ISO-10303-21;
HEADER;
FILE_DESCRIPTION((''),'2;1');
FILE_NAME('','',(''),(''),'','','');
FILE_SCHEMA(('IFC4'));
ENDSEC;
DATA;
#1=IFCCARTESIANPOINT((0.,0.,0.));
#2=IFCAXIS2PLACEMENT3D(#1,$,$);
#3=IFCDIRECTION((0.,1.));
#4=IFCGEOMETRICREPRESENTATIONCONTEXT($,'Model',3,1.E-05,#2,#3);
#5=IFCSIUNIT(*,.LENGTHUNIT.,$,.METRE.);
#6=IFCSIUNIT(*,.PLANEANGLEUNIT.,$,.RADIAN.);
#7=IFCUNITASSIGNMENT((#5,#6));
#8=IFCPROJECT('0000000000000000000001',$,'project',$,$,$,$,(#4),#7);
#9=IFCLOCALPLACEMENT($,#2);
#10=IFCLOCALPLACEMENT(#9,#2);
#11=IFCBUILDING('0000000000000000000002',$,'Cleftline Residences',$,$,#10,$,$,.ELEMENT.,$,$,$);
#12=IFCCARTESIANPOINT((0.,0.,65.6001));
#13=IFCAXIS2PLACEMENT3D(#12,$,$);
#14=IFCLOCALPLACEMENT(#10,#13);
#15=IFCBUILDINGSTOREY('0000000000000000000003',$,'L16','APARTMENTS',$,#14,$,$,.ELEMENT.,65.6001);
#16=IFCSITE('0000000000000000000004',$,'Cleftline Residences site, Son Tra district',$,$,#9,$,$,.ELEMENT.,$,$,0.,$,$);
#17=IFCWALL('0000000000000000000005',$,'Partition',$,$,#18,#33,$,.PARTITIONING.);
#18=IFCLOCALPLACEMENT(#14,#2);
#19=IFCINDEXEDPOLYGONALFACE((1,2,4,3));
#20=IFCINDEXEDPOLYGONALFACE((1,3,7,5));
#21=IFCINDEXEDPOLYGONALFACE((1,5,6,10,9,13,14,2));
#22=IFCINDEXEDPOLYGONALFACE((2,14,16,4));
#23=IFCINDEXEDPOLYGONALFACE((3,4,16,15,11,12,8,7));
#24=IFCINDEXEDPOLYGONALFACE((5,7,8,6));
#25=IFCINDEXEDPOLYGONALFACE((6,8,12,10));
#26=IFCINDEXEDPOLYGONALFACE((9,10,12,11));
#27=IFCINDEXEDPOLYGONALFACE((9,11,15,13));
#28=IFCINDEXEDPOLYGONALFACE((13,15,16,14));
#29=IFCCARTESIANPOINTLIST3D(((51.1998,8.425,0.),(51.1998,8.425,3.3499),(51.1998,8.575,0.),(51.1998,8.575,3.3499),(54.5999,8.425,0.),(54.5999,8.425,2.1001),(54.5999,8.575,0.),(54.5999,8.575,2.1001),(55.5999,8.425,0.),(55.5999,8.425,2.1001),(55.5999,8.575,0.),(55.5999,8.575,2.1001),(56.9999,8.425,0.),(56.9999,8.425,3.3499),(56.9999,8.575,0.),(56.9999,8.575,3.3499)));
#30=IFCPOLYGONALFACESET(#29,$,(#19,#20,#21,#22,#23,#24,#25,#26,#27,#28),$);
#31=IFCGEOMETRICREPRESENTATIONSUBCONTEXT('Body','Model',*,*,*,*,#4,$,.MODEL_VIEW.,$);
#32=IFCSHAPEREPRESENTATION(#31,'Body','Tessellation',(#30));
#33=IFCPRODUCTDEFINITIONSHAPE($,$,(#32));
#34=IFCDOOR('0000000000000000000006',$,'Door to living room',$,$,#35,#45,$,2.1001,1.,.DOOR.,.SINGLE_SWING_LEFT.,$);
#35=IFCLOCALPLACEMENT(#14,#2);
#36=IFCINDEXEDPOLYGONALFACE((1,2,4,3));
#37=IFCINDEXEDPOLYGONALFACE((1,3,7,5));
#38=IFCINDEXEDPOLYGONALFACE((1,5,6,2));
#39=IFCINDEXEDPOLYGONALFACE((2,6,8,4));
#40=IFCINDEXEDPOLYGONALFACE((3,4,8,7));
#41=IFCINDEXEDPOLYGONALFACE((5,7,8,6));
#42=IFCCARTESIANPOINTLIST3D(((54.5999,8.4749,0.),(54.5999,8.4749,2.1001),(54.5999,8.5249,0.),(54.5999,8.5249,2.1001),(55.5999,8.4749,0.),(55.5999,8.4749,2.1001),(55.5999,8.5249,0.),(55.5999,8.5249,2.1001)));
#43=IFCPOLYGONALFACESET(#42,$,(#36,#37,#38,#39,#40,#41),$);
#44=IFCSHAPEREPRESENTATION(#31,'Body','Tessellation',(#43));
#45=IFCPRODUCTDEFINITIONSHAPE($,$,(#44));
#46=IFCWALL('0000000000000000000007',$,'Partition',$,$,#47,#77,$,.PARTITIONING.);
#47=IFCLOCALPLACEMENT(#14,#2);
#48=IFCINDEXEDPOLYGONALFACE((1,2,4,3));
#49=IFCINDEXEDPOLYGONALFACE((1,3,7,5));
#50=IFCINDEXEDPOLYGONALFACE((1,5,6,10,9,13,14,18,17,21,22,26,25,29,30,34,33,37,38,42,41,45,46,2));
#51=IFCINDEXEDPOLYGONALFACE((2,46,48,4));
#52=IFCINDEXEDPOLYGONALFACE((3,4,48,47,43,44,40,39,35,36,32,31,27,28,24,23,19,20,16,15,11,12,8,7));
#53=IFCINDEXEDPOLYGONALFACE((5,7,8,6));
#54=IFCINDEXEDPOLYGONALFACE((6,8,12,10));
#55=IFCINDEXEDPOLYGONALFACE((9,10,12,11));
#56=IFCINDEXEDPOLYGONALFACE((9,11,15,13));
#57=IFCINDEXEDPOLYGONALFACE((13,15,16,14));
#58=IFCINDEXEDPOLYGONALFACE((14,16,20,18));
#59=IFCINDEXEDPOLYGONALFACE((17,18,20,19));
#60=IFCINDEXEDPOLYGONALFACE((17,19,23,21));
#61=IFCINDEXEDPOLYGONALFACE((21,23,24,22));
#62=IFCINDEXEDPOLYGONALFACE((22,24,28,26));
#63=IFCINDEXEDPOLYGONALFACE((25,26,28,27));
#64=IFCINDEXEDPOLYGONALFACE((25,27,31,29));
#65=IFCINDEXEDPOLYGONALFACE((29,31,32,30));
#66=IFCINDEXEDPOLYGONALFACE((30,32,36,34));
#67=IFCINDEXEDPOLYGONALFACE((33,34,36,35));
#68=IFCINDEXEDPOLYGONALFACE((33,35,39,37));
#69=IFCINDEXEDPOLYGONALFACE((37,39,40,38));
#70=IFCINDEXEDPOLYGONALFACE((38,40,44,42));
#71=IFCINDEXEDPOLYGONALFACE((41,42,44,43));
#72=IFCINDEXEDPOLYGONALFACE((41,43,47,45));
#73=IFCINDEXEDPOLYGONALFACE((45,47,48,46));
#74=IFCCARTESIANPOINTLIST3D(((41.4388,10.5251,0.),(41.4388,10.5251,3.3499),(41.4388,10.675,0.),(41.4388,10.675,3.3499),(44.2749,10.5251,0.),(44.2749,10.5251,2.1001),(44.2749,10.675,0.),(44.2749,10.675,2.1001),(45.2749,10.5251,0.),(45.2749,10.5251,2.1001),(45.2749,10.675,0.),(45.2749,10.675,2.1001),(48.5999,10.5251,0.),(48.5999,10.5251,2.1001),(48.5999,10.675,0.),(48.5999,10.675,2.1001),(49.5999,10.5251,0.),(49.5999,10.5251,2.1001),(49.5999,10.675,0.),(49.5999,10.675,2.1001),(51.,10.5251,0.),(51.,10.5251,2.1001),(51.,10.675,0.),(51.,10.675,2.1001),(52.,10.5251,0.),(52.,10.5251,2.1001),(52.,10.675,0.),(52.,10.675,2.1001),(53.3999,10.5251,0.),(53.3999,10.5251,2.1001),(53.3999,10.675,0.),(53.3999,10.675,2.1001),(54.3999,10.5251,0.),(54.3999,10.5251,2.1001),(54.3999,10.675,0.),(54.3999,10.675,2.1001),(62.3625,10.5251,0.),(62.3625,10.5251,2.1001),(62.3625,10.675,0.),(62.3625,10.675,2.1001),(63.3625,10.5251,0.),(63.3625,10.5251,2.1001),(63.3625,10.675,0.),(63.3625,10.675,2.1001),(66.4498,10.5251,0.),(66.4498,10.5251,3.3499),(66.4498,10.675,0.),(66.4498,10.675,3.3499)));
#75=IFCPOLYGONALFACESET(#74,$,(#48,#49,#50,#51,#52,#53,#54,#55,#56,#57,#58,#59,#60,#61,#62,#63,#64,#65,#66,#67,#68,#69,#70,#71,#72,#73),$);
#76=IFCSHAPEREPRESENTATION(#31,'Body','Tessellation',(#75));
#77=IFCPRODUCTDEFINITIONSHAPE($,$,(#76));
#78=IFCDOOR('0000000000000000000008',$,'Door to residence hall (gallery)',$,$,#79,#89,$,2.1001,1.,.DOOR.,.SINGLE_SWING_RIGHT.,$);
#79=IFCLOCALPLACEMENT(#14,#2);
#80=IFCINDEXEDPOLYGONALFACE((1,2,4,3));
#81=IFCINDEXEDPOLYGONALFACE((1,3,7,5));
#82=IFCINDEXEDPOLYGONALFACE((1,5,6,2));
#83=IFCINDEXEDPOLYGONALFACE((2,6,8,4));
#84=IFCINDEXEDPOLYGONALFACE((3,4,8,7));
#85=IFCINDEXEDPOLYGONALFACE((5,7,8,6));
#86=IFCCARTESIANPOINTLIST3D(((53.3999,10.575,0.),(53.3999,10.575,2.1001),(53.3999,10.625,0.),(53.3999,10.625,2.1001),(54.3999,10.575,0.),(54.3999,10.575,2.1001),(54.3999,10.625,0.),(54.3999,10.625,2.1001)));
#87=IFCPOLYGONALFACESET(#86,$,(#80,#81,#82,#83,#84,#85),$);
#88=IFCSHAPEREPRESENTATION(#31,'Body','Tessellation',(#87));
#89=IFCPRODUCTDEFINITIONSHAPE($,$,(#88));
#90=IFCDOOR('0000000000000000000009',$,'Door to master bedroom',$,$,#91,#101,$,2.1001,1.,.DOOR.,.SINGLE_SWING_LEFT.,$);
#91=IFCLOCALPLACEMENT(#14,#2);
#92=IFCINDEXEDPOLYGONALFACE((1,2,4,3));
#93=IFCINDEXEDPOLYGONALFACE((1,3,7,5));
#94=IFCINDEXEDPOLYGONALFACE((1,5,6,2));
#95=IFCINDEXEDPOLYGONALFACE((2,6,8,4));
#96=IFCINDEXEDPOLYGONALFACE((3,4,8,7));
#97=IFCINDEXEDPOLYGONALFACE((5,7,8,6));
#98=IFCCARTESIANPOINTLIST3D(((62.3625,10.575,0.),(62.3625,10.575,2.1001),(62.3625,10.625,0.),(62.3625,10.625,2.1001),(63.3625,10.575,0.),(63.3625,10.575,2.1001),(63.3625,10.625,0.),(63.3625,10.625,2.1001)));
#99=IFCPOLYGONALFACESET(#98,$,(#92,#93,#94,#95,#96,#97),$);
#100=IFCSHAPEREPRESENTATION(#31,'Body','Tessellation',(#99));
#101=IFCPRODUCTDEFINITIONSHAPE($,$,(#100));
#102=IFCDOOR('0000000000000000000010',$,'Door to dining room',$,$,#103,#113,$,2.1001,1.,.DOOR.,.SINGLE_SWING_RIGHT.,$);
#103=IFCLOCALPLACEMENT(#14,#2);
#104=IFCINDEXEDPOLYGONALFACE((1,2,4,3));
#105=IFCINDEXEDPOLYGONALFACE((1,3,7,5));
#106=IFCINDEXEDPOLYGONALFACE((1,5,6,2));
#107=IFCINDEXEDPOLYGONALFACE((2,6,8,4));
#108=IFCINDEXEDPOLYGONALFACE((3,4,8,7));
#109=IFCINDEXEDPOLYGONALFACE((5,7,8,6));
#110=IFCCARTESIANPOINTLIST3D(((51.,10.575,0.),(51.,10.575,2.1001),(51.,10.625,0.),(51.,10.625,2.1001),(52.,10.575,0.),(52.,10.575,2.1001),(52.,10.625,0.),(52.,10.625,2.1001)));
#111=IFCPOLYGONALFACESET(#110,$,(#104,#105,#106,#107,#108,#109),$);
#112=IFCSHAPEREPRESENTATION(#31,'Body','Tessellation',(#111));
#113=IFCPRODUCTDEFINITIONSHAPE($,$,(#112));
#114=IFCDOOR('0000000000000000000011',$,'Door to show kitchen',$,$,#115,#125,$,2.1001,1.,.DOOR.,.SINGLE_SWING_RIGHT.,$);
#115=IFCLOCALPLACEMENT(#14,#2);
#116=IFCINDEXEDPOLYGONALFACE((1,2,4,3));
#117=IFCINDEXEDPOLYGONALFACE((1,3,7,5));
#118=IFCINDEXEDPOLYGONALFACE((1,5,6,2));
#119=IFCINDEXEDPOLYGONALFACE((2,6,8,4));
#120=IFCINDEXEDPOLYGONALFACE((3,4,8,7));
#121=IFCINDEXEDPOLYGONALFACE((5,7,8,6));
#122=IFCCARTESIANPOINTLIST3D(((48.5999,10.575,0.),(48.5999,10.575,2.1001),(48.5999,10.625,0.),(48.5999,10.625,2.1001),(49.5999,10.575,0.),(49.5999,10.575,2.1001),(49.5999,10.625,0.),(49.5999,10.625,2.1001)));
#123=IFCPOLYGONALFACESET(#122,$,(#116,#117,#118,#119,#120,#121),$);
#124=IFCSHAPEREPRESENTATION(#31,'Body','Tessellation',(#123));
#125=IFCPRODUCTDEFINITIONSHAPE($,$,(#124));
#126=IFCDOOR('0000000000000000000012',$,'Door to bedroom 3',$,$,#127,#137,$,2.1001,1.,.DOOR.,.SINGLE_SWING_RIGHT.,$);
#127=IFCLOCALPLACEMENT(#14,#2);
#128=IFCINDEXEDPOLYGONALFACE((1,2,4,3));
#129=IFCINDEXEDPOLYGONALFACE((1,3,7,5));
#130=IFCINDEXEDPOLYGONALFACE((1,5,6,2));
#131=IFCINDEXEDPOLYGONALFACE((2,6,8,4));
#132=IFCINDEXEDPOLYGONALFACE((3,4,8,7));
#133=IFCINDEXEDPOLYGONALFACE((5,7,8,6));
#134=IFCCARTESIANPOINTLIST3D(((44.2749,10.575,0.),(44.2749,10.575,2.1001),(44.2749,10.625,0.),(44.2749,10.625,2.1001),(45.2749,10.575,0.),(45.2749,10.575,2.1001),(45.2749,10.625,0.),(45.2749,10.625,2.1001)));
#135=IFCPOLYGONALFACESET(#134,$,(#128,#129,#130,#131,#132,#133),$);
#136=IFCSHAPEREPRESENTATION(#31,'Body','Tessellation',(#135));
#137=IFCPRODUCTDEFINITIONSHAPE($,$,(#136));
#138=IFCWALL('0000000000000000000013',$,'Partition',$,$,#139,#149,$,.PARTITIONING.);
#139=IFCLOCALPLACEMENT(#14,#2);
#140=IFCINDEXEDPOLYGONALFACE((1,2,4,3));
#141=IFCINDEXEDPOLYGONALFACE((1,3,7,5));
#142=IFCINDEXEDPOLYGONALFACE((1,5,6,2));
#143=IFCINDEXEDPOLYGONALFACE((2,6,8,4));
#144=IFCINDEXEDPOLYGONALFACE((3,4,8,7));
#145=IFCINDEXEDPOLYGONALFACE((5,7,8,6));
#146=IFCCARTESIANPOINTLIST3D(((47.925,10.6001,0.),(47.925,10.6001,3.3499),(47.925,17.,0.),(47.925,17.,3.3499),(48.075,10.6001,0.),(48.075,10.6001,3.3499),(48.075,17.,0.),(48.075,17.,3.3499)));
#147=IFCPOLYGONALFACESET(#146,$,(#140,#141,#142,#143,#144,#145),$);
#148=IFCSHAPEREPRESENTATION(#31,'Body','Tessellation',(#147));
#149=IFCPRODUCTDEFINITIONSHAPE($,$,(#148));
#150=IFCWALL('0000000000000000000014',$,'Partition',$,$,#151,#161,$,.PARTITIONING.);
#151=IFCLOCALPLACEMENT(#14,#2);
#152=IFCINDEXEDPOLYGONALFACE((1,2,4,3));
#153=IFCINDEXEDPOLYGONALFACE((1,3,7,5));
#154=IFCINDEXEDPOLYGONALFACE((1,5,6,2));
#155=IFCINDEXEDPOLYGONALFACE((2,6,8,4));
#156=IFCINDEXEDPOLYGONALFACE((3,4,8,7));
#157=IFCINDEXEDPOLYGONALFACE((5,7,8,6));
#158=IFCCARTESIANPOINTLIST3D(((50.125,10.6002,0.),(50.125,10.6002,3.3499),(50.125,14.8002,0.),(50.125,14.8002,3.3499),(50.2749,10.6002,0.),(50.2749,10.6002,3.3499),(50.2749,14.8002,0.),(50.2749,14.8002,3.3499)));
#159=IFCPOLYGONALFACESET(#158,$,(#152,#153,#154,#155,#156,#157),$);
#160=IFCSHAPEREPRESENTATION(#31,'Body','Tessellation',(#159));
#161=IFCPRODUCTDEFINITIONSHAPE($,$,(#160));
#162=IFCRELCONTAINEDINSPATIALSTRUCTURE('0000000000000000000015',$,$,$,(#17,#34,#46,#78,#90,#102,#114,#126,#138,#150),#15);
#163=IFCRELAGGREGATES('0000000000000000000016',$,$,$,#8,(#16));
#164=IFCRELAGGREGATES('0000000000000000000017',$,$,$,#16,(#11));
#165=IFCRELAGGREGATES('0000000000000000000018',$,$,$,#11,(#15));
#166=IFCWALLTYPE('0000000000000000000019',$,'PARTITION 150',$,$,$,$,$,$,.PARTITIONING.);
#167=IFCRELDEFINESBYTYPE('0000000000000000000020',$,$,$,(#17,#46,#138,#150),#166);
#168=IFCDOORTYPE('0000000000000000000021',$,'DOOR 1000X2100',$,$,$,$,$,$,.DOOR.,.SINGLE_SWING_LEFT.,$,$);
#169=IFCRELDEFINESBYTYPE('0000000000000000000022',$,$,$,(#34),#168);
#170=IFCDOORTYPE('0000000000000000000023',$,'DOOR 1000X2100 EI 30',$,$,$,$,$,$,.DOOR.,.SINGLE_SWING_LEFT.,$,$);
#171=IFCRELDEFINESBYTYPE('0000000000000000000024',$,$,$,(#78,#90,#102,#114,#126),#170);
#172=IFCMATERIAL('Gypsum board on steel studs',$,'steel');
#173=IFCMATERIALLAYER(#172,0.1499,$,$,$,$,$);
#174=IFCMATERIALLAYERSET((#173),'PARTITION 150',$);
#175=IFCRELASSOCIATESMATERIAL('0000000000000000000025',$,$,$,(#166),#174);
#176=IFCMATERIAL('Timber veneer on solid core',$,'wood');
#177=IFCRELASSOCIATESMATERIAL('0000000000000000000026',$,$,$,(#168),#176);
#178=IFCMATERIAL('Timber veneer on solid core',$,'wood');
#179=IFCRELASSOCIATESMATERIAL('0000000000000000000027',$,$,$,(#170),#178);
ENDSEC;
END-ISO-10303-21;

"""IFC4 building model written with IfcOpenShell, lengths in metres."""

from ifc_helpers import new_model, si_unit, direction, frame, frame_2d, origin, place, context, subcontext, project, spatial, rectangle, extrude, material, layer, layer_set, type_object, element, fill, save


model = new_model("IFC4")

# Units and contexts
model_context = context("Model", 3, precision=1e-05, world=origin(), true_north=direction((0.0, 1.0)))
body_context = subcontext(model_context, "Body", "Model", "MODEL_VIEW")
ifc_project = project(units=[si_unit("LENGTHUNIT", "METRE"), si_unit("PLANEANGLEUNIT", "RADIAN")], contexts=[model_context])

# Site, building, storey
site_placement = place(None, origin())
site = spatial("IfcSite", under=ifc_project, at=site_placement, Name="Cleftline Residences site, Son Tra district", CompositionType="ELEMENT", RefElevation=0.0)
building_placement = place(site_placement, origin())
building = spatial("IfcBuilding", under=site, at=building_placement, Name="Cleftline Residences", CompositionType="ELEMENT")
storey_placement = place(building_placement, frame((0.0, 0.0, 65.6001)))
storey = spatial("IfcBuildingStorey", under=building, at=storey_placement, Name="L16", Description="APARTMENTS", CompositionType="ELEMENT", Elevation=65.6001)

# Shared definitions
ifc_material_1 = material(Name="Gypsum board on steel studs", Category="steel")
ifc_layer_1 = layer(ifc_material_1, 0.1499)
ifc_layer_set_1 = layer_set([ifc_layer_1], Name="PARTITION 150")
wall_type = type_object("IfcWallType", Name="PARTITION 150", PredefinedType="PARTITIONING", material=ifc_layer_set_1)
ifc_material_2 = material(Name="Timber veneer on solid core", Category="wood")
door_type_1 = type_object("IfcDoorType", Name="DOOR 1000X2100", OperationType="SINGLE_SWING_LEFT", PredefinedType="DOOR", material=ifc_material_2)

# Wall, opening, door
wall_1_placement = place(storey_placement, frame((51.2, 8.5, 0.0), z_axis=(0.0, 0.0, 1.0), x_axis=(1.0, 0.0, 0.0)))
wall_1 = element("IfcWall", 1, at=wall_1_placement, inside=storey, type_object=wall_type, Name="Partition", PredefinedType="PARTITIONING", context=body_context, shape_type="SweptSolid", body=[
    extrude(rectangle(XDim=5.8, YDim=0.1499, at=frame_2d((2.8999, 0.0))), origin(), (0.0, 0.0, 1.0), 3.3499),
])
opening_1_placement = place(wall_1_placement, frame((3.3999, 0.0, 0.0)))
opening_1 = element("IfcOpeningElement", 2, at=opening_1_placement, cuts=wall_1, PredefinedType="OPENING", context=body_context, shape_type="SweptSolid", body=[
    extrude(rectangle(XDim=1.0, YDim=2.1001, at=frame_2d((0.5, 1.05))), frame((0.0, 0.085, 0.0), z_axis=(0.0, -1.0, 0.0), x_axis=(1.0, 0.0, 0.0)), (0.0, 0.0, 1.0), 0.1699),
])
door_1_placement = place(opening_1_placement, origin())
door_1 = element("IfcDoor", 3, at=door_1_placement, inside=storey, type_object=door_type_1, Name="Door to living room", OperationType="SINGLE_SWING_LEFT", OverallHeight=2.1001, OverallWidth=1.0, PredefinedType="DOOR", context=body_context, shape_type="SweptSolid", body=[
    extrude(rectangle(XDim=1.0, YDim=2.1001, at=frame_2d((0.5, 1.05))), frame((0.0, 0.0249, 0.0), z_axis=(0.0, -1.0, 0.0), x_axis=(1.0, 0.0, 0.0)), (0.0, 0.0, 1.0), 0.05),
])
fill(opening_1, door_1)

# Wall, openings, doors
wall_2_placement = place(storey_placement, frame((41.439, 10.6001, 0.0), z_axis=(0.0, 0.0, 1.0), x_axis=(1.0, 0.0, 0.0)))
wall_2 = element("IfcWall", 4, at=wall_2_placement, inside=storey, type_object=wall_type, Name="Partition", PredefinedType="PARTITIONING", context=body_context, shape_type="SweptSolid", body=[
    extrude(rectangle(XDim=25.011, YDim=0.1499, at=frame_2d((12.5054, 0.0))), origin(), (0.0, 0.0, 1.0), 3.3499),
])
opening_2_placement = place(wall_2_placement, frame((11.9609, 0.0, 0.0)))
opening_2 = element("IfcOpeningElement", 5, at=opening_2_placement, cuts=wall_2, PredefinedType="OPENING", context=body_context, shape_type="SweptSolid", body=[
    extrude(rectangle(XDim=1.0, YDim=2.1001, at=frame_2d((0.5, 1.05))), frame((0.0, 0.085, 0.0), z_axis=(0.0, -1.0, 0.0), x_axis=(1.0, 0.0, 0.0)), (0.0, 0.0, 1.0), 0.1699),
])
opening_3_placement = place(wall_2_placement, frame((20.9236, 0.0, 0.0)))
opening_3 = element("IfcOpeningElement", 6, at=opening_3_placement, cuts=wall_2, PredefinedType="OPENING", context=body_context, shape_type="SweptSolid", body=[
    extrude(rectangle(XDim=1.0, YDim=2.1001, at=frame_2d((0.5, 1.05))), frame((0.0, 0.085, 0.0), z_axis=(0.0, -1.0, 0.0), x_axis=(1.0, 0.0, 0.0)), (0.0, 0.0, 1.0), 0.1699),
])
opening_4_placement = place(wall_2_placement, frame((9.561, 0.0, 0.0)))
opening_4 = element("IfcOpeningElement", 7, at=opening_4_placement, cuts=wall_2, PredefinedType="OPENING", context=body_context, shape_type="SweptSolid", body=[
    extrude(rectangle(XDim=1.0, YDim=2.1001, at=frame_2d((0.5, 1.05))), frame((0.0, 0.085, 0.0), z_axis=(0.0, -1.0, 0.0), x_axis=(1.0, 0.0, 0.0)), (0.0, 0.0, 1.0), 0.1699),
])
opening_5_placement = place(wall_2_placement, frame((7.1609, 0.0, 0.0)))
opening_5 = element("IfcOpeningElement", 8, at=opening_5_placement, cuts=wall_2, PredefinedType="OPENING", context=body_context, shape_type="SweptSolid", body=[
    extrude(rectangle(XDim=1.0, YDim=2.1001, at=frame_2d((0.5, 1.05))), frame((0.0, 0.085, 0.0), z_axis=(0.0, -1.0, 0.0), x_axis=(1.0, 0.0, 0.0)), (0.0, 0.0, 1.0), 0.1699),
])
opening_6_placement = place(wall_2_placement, frame((2.8359, 0.0, 0.0)))
opening_6 = element("IfcOpeningElement", 9, at=opening_6_placement, cuts=wall_2, PredefinedType="OPENING", context=body_context, shape_type="SweptSolid", body=[
    extrude(rectangle(XDim=1.0, YDim=2.1001, at=frame_2d((0.5, 1.05))), frame((0.0, 0.085, 0.0), z_axis=(0.0, -1.0, 0.0), x_axis=(1.0, 0.0, 0.0)), (0.0, 0.0, 1.0), 0.1699),
])
ifc_material_3 = material(Name="Timber veneer on solid core", Category="wood")
door_type_2 = type_object("IfcDoorType", Name="DOOR 1000X2100 EI 30", OperationType="SINGLE_SWING_LEFT", PredefinedType="DOOR", material=ifc_material_3)
door_2_placement = place(opening_2_placement, origin())
door_2 = element("IfcDoor", 10, at=door_2_placement, inside=storey, type_object=door_type_2, Name="Door to residence hall (gallery)", OperationType="SINGLE_SWING_RIGHT", OverallHeight=2.1001, OverallWidth=1.0, PredefinedType="DOOR", context=body_context, shape_type="SweptSolid", body=[
    extrude(rectangle(XDim=1.0, YDim=2.1001, at=frame_2d((0.5, 1.05))), frame((0.0, 0.0249, 0.0), z_axis=(0.0, -1.0, 0.0), x_axis=(1.0, 0.0, 0.0)), (0.0, 0.0, 1.0), 0.05),
])
fill(opening_2, door_2)
door_3_placement = place(opening_3_placement, origin())
door_3 = element("IfcDoor", 11, at=door_3_placement, inside=storey, type_object=door_type_2, Name="Door to master bedroom", OperationType="SINGLE_SWING_LEFT", OverallHeight=2.1001, OverallWidth=1.0, PredefinedType="DOOR", context=body_context, shape_type="SweptSolid", body=[
    extrude(rectangle(XDim=1.0, YDim=2.1001, at=frame_2d((0.5, 1.05))), frame((0.0, 0.0249, 0.0), z_axis=(0.0, -1.0, 0.0), x_axis=(1.0, 0.0, 0.0)), (0.0, 0.0, 1.0), 0.05),
])
fill(opening_3, door_3)
door_4_placement = place(opening_4_placement, origin())
door_4 = element("IfcDoor", 12, at=door_4_placement, inside=storey, type_object=door_type_2, Name="Door to dining room", OperationType="SINGLE_SWING_RIGHT", OverallHeight=2.1001, OverallWidth=1.0, PredefinedType="DOOR", context=body_context, shape_type="SweptSolid", body=[
    extrude(rectangle(XDim=1.0, YDim=2.1001, at=frame_2d((0.5, 1.05))), frame((0.0, 0.0249, 0.0), z_axis=(0.0, -1.0, 0.0), x_axis=(1.0, 0.0, 0.0)), (0.0, 0.0, 1.0), 0.05),
])
fill(opening_4, door_4)
door_5_placement = place(opening_5_placement, origin())
door_5 = element("IfcDoor", 13, at=door_5_placement, inside=storey, type_object=door_type_2, Name="Door to show kitchen", OperationType="SINGLE_SWING_RIGHT", OverallHeight=2.1001, OverallWidth=1.0, PredefinedType="DOOR", context=body_context, shape_type="SweptSolid", body=[
    extrude(rectangle(XDim=1.0, YDim=2.1001, at=frame_2d((0.5, 1.05))), frame((0.0, 0.0249, 0.0), z_axis=(0.0, -1.0, 0.0), x_axis=(1.0, 0.0, 0.0)), (0.0, 0.0, 1.0), 0.05),
])
fill(opening_5, door_5)
door_6_placement = place(opening_6_placement, origin())
door_6 = element("IfcDoor", 14, at=door_6_placement, inside=storey, type_object=door_type_2, Name="Door to bedroom 3", OperationType="SINGLE_SWING_RIGHT", OverallHeight=2.1001, OverallWidth=1.0, PredefinedType="DOOR", context=body_context, shape_type="SweptSolid", body=[
    extrude(rectangle(XDim=1.0, YDim=2.1001, at=frame_2d((0.5, 1.05))), frame((0.0, 0.0249, 0.0), z_axis=(0.0, -1.0, 0.0), x_axis=(1.0, 0.0, 0.0)), (0.0, 0.0, 1.0), 0.05),
])
fill(opening_6, door_6)

# Walls
wall_3_placement = place(storey_placement, frame((48.0, 10.6001, 0.0), z_axis=(0.0, 0.0, 1.0), x_axis=(0.0, 1.0, 0.0)))
element("IfcWall", 15, at=wall_3_placement, inside=storey, type_object=wall_type, Name="Partition", PredefinedType="PARTITIONING", context=body_context, shape_type="SweptSolid", body=[
    extrude(rectangle(XDim=6.3999, YDim=0.1499, at=frame_2d((3.2, 0.0))), origin(), (0.0, 0.0, 1.0), 3.3499),
])
wall_4_placement = place(storey_placement, frame((50.2, 10.6001, 0.0), z_axis=(0.0, 0.0, 1.0), x_axis=(0.0, 1.0, 0.0)))
element("IfcWall", 16, at=wall_4_placement, inside=storey, type_object=wall_type, Name="Partition", PredefinedType="PARTITIONING", context=body_context, shape_type="SweptSolid", body=[
    extrude(rectangle(XDim=4.2, YDim=0.1499, at=frame_2d((2.1001, 0.0))), origin(), (0.0, 0.0, 1.0), 3.3499),
])

save(model, "model.ifc")
